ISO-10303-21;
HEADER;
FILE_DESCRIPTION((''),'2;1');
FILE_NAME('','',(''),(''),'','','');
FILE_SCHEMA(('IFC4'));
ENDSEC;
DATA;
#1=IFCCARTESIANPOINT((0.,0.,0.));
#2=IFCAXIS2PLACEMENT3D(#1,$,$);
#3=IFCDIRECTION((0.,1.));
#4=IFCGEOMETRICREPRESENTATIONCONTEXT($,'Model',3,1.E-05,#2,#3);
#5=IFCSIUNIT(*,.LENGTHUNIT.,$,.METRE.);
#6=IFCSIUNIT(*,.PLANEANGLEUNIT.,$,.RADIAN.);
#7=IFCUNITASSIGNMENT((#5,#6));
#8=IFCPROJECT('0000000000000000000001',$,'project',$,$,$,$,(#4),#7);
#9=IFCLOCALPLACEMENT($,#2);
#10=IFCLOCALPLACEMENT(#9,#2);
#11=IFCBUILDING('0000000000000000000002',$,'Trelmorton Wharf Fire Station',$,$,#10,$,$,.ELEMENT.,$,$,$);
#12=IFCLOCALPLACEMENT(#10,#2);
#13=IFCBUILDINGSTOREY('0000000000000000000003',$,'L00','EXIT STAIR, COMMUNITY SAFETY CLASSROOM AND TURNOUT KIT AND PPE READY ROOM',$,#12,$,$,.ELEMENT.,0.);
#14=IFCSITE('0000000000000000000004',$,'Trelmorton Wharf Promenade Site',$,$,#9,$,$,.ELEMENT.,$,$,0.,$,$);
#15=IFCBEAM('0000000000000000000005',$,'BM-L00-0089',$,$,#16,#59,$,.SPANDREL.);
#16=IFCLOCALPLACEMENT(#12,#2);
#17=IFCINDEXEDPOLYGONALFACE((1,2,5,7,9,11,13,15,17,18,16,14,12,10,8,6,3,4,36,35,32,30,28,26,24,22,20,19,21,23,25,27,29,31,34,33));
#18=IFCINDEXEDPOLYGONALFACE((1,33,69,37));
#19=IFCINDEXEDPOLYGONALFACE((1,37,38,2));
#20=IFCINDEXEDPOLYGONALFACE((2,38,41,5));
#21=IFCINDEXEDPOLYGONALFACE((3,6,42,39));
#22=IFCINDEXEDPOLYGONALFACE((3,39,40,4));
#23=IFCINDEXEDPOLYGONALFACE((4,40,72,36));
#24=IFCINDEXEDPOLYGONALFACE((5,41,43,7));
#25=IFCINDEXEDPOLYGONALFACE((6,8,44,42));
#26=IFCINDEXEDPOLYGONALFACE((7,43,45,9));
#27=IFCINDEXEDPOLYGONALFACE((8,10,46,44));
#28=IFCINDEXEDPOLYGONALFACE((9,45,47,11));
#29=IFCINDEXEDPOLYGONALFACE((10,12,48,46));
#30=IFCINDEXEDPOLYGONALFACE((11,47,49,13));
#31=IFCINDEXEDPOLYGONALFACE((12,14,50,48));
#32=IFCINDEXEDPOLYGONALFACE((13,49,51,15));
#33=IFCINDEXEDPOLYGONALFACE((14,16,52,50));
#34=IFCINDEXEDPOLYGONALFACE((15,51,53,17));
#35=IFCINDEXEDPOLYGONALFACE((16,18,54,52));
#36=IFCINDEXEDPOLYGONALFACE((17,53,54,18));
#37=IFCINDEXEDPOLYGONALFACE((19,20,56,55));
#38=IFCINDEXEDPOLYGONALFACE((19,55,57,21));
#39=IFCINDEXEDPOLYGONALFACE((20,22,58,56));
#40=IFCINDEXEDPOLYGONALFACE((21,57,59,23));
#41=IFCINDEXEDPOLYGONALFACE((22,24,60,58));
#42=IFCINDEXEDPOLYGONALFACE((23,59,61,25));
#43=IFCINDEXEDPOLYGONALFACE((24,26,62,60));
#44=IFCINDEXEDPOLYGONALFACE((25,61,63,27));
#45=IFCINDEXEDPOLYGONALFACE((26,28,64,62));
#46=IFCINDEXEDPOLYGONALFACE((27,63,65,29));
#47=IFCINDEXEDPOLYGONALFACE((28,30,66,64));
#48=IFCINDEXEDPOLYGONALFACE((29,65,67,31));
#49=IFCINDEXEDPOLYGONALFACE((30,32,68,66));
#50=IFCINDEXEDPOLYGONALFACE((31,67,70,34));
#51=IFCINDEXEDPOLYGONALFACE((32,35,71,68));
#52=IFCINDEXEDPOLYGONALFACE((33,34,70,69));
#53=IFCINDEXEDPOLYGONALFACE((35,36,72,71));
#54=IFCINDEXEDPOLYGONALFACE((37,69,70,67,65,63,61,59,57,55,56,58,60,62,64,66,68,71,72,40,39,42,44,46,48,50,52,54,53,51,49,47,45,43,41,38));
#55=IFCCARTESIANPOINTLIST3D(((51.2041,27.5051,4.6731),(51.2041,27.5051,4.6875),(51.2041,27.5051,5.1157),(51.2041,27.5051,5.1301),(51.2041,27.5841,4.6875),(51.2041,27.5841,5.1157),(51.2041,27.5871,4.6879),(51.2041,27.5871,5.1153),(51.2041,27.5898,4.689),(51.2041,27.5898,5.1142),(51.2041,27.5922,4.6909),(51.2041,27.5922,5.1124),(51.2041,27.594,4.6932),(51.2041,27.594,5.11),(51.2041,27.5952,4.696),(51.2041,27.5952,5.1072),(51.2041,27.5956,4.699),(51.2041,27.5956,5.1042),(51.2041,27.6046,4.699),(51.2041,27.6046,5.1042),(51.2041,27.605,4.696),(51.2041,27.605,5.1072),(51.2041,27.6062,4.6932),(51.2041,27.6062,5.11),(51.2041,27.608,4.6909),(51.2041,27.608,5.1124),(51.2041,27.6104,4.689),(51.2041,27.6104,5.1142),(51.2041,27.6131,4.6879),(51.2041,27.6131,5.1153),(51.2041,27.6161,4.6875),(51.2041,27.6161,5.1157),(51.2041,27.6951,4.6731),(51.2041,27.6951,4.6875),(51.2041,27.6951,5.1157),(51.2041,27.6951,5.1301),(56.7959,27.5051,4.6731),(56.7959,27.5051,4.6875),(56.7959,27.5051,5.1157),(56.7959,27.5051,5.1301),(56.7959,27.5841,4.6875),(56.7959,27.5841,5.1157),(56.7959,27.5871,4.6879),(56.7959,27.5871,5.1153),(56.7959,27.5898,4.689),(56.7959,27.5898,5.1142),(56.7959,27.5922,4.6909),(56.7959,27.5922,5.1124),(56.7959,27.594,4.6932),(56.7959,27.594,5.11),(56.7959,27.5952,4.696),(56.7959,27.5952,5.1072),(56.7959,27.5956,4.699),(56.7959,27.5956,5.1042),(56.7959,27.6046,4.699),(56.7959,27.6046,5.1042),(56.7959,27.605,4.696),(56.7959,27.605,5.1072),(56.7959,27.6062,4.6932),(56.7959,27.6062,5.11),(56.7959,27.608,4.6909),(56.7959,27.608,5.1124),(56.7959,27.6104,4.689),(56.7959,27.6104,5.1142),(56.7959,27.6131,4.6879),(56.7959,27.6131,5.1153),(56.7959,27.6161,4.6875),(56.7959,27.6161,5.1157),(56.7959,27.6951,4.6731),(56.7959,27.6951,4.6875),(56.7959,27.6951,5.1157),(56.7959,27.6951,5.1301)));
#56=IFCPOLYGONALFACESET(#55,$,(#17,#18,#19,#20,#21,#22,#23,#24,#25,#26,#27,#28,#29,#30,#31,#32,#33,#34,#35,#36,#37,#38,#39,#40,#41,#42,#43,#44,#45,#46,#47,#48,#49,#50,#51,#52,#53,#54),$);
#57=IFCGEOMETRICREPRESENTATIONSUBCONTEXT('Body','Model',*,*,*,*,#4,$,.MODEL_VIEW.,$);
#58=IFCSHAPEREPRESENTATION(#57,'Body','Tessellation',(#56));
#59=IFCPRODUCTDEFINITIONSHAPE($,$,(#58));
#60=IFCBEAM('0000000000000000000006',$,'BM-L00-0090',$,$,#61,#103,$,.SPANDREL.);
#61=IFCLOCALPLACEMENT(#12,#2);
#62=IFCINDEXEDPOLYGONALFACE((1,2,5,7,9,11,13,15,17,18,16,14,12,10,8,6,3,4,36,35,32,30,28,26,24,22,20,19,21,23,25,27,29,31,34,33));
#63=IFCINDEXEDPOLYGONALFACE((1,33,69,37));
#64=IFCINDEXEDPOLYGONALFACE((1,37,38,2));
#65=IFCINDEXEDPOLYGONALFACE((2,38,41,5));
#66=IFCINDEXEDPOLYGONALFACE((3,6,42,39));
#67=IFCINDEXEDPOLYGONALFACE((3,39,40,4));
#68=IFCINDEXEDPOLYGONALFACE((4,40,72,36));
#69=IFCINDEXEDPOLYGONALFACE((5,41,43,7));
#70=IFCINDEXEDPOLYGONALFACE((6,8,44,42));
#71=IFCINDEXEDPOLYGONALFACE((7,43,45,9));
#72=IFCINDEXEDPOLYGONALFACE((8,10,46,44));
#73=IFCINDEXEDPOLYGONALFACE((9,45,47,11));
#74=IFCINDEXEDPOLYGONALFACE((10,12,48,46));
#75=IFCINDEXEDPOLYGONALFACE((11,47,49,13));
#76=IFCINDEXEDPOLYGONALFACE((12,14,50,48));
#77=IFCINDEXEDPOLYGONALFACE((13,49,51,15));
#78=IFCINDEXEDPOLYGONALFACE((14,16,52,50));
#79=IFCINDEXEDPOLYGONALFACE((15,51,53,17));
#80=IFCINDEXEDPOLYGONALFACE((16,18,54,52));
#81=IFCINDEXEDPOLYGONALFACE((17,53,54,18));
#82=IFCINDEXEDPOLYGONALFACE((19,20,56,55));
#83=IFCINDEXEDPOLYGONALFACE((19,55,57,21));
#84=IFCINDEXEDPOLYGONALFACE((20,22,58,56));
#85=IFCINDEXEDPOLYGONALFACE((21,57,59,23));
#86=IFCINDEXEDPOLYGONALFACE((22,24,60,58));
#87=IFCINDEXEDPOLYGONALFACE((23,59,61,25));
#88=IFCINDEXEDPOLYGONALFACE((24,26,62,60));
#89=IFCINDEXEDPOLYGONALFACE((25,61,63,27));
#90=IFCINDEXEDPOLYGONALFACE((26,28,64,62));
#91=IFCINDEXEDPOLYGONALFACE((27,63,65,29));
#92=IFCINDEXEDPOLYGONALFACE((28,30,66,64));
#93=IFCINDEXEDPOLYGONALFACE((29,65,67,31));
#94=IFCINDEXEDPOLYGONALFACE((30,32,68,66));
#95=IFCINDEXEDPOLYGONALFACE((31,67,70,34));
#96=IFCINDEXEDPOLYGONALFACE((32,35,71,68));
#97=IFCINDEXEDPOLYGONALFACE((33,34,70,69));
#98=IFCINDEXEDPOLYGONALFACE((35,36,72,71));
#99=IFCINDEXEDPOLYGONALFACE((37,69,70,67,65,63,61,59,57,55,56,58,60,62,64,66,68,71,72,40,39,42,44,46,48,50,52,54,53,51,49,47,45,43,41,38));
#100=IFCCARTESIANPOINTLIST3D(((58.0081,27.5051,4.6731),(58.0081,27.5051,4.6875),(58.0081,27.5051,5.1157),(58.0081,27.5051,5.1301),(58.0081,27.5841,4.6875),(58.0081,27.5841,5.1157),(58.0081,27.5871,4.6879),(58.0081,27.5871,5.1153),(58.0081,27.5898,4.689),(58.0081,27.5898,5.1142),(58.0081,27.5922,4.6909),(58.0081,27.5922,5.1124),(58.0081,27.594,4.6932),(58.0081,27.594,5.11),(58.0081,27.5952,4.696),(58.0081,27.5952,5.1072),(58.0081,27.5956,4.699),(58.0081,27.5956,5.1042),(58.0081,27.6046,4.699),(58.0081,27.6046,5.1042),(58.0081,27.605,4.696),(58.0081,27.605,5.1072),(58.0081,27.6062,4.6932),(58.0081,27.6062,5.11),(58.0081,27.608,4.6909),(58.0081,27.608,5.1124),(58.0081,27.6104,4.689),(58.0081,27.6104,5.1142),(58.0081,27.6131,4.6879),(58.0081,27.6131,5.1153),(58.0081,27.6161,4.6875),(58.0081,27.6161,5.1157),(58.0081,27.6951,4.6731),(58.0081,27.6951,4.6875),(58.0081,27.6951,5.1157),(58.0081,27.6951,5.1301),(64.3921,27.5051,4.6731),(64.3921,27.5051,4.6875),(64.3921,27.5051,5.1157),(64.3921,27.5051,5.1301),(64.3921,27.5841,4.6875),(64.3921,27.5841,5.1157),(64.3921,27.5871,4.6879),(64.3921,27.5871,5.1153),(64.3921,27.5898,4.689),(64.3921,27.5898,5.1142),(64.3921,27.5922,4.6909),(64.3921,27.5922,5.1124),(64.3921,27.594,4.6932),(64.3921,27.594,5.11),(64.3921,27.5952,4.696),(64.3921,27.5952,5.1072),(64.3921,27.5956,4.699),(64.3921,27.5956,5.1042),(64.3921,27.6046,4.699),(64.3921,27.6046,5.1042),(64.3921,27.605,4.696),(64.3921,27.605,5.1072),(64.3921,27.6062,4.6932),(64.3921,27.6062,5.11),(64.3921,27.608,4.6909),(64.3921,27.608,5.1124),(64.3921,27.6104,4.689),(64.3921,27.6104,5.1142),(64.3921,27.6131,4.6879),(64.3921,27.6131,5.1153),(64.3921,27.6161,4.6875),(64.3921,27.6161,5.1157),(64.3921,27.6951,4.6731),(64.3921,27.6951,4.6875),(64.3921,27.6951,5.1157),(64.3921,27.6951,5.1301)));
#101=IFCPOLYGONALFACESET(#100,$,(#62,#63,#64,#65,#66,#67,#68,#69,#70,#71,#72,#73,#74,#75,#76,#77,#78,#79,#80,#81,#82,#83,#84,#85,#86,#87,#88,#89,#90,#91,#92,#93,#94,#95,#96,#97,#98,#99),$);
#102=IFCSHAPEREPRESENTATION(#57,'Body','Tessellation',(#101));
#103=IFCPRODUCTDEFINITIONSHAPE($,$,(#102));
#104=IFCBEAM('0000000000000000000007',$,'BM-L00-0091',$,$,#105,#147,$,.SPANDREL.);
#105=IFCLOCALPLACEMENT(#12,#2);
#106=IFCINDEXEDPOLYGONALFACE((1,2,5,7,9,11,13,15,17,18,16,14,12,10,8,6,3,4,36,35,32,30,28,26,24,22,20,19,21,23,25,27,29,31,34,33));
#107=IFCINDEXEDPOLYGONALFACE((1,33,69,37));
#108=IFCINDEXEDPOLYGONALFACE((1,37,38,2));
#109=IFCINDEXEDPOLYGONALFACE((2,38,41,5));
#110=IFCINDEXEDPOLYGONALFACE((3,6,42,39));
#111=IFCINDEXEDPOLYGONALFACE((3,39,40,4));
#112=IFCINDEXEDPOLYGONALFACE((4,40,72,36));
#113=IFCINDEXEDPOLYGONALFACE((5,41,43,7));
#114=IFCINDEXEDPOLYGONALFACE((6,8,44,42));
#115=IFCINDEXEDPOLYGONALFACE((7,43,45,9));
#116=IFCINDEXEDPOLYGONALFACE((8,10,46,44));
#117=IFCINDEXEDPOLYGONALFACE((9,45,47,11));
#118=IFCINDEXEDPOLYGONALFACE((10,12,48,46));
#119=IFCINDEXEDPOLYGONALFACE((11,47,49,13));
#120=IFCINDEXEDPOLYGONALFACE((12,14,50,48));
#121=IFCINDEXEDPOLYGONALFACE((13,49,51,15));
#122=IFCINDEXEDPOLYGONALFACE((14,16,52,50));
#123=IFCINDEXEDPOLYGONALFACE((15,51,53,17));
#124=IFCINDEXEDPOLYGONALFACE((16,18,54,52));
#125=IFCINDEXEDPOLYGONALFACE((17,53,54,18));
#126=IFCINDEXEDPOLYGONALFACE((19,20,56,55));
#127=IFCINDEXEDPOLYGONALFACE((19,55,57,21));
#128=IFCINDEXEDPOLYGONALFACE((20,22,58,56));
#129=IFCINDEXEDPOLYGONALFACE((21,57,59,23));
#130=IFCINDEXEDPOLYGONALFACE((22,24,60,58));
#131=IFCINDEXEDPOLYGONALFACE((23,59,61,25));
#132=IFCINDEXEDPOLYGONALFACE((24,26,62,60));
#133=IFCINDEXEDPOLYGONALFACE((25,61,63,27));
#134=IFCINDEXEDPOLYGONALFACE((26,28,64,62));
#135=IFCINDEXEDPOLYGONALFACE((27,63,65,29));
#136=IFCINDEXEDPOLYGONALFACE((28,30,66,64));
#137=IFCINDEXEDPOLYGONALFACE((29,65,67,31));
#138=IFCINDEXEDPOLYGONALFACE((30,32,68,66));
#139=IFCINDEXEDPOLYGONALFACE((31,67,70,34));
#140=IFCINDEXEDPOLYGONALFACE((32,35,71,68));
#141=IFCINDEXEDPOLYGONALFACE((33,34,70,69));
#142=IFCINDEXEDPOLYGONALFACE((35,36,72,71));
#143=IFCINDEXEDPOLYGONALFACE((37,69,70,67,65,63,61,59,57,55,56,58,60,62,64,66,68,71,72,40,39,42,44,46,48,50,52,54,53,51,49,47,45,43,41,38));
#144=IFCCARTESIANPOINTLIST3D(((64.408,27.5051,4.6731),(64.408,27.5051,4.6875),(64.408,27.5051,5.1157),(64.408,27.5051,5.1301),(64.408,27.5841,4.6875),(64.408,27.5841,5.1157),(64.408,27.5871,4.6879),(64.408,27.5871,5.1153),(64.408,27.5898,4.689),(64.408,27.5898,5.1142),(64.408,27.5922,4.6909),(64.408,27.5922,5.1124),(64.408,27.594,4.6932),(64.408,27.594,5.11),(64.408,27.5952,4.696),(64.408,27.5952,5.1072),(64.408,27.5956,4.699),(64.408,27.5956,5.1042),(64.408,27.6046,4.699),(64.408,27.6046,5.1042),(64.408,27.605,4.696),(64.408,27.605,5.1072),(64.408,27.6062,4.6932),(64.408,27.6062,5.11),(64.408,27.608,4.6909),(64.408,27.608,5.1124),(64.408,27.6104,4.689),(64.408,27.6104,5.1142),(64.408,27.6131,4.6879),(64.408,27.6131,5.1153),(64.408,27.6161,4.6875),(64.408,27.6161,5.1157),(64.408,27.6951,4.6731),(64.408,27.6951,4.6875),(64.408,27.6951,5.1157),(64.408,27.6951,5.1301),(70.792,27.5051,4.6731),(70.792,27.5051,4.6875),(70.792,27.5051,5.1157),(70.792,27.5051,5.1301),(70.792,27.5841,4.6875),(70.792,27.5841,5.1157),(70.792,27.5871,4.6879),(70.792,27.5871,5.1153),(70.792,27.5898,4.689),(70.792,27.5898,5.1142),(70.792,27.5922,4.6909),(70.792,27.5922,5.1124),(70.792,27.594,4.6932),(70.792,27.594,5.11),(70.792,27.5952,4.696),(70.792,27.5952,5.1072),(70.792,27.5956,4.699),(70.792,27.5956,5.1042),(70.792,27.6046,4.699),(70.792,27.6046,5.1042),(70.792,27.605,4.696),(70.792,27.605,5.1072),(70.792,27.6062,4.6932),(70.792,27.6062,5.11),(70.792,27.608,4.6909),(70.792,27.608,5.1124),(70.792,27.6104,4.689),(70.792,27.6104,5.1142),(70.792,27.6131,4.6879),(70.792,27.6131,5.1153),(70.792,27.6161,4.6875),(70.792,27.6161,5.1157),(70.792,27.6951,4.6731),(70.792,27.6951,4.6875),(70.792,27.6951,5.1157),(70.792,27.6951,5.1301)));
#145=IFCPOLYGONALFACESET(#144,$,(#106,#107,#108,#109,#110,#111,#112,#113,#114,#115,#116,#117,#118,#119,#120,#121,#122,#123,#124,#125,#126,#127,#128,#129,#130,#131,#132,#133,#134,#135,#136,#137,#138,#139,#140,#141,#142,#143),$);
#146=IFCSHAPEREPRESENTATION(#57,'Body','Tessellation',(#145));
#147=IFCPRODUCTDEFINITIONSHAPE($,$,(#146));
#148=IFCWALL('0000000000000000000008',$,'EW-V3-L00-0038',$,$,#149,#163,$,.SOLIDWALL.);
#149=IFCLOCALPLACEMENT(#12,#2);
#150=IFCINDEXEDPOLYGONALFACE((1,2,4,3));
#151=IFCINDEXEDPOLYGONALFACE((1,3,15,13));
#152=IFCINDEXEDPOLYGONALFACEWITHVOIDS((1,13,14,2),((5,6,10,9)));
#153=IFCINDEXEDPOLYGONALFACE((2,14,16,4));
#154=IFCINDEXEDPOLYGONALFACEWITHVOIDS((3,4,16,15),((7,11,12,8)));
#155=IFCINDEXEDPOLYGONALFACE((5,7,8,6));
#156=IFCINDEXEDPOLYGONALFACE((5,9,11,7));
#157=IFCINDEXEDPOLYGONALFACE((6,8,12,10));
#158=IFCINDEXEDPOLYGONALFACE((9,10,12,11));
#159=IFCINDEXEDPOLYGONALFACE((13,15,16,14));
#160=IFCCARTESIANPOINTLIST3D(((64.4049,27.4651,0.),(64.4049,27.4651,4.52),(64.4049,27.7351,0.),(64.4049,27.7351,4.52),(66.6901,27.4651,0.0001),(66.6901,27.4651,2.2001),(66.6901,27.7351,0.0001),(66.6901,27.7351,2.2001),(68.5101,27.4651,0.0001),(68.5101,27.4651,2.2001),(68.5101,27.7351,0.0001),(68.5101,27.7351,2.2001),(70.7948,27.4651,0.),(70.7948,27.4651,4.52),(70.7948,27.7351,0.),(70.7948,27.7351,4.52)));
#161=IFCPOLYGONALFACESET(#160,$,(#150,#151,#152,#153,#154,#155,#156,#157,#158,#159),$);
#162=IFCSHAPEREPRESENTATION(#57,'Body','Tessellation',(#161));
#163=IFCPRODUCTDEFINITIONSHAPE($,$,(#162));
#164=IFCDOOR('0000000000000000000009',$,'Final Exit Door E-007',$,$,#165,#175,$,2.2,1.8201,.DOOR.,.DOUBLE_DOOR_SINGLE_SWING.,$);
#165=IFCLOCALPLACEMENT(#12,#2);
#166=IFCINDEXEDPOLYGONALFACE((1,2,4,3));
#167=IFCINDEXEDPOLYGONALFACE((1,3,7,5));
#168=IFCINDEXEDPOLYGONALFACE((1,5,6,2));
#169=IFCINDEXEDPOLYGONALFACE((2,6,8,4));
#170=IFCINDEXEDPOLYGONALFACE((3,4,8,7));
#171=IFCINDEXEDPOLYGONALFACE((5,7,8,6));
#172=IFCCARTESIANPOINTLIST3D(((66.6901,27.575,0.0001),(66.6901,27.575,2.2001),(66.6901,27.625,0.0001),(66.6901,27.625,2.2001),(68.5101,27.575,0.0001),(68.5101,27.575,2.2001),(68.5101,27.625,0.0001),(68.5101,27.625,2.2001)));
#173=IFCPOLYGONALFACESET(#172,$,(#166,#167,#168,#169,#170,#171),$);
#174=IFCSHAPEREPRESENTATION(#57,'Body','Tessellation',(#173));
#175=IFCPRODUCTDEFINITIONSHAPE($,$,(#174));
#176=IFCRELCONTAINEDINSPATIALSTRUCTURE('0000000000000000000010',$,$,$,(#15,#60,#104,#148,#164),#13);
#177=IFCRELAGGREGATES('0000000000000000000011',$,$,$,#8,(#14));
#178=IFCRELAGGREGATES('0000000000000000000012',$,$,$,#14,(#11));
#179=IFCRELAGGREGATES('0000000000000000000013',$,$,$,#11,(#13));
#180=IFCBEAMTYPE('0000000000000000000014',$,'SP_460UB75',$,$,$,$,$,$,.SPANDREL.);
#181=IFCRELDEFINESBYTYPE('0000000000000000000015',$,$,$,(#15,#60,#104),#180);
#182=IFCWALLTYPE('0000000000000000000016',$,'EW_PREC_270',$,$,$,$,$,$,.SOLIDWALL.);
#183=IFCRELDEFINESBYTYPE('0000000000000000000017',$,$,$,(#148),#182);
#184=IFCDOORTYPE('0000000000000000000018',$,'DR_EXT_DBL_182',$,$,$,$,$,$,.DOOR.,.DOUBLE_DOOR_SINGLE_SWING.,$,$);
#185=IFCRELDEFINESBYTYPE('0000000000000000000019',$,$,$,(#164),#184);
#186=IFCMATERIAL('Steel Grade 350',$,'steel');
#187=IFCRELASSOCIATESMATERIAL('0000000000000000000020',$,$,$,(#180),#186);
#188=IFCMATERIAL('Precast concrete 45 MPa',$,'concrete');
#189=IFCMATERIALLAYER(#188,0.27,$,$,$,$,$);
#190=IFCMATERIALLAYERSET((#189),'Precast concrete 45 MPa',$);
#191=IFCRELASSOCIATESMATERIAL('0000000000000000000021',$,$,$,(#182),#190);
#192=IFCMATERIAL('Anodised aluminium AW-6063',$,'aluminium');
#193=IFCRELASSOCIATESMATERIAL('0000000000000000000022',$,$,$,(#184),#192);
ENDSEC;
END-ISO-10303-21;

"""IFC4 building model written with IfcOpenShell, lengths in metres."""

from ifc_helpers import new_model, si_unit, direction, frame, frame_2d, origin, origin_2d, place, context, subcontext, project, spatial, rectangle, i_section, extrude, material, layer, layer_set, material_profile, profile_set, type_object, element, fill, save


model = new_model("IFC4")

# Units and contexts
model_context = context("Model", 3, precision=1e-05, world=origin(), true_north=direction((0.0, 1.0)))
body_context = subcontext(model_context, "Body", "Model", "MODEL_VIEW")
ifc_project = project(units=[si_unit("LENGTHUNIT", "METRE"), si_unit("PLANEANGLEUNIT", "RADIAN")], contexts=[model_context])

# Site, building, storey
site_placement = place(None, origin())
site = spatial("IfcSite", under=ifc_project, at=site_placement, Name="Trelmorton Wharf Promenade Site", CompositionType="ELEMENT", RefElevation=0.0)
building_placement = place(site_placement, origin())
building = spatial("IfcBuilding", under=site, at=building_placement, Name="Trelmorton Wharf Fire Station", CompositionType="ELEMENT")
storey_placement = place(building_placement, origin())
storey = spatial("IfcBuildingStorey", under=building, at=storey_placement, Name="L00", Description="EXIT STAIR, COMMUNITY SAFETY CLASSROOM AND TURNOUT KIT AND PPE READY ROOM", CompositionType="ELEMENT", Elevation=0.0)

# Shared definitions
ifc_material_1 = material(Name="Steel Grade 350", Category="steel")

# Beams
ifc_material_profile_1 = material_profile(ifc_material_1, i_section(OverallWidth=0.1899, OverallDepth=0.457, WebThickness=0.009, FlangeThickness=0.0144, FilletRadius=0.0115, at=origin_2d()), Name="460UB74.6")
ifc_profile_set_1 = profile_set([ifc_material_profile_1], Name="Steel Grade 350")
beam_type_1 = type_object("IfcBeamType", Name="SP_460UB75", PredefinedType="SPANDREL", material=ifc_profile_set_1)
beam_placement = place(storey_placement, frame((51.2041, 27.6001, 4.9016), z_axis=(1.0, 0.0, 0.0), x_axis=(0.0, 1.0, 0.0)))
element("IfcBeam", 1, at=beam_placement, inside=storey, type_object=beam_type_1, Name="BM-L00-0089", PredefinedType="SPANDREL", context=body_context, shape_type="SweptSolid", body=[
    extrude(i_section(OverallWidth=0.1899, OverallDepth=0.457, WebThickness=0.009, FlangeThickness=0.0144, FilletRadius=0.0115, at=origin_2d()), origin(), (0.0, 0.0, 1.0), 5.5918),
])
for number, where, z_axis, x_axis, name in (
    (2, (58.0081, 27.6001, 4.9016), (1.0, 0.0, 0.0), (0.0, 1.0, 0.0), "BM-L00-0090"),
    (3, (64.408, 27.6001, 4.9016), (1.0, 0.0, 0.0), (0.0, 1.0, 0.0), "BM-L00-0091"),
):
    element("IfcBeam", number, at=place(storey_placement, frame(where, z_axis=z_axis, x_axis=x_axis)), inside=storey, type_object=beam_type_1, Name=name, PredefinedType="SPANDREL", context=body_context, shape_type="SweptSolid", body=[
        extrude(i_section(OverallWidth=0.1899, OverallDepth=0.457, WebThickness=0.009, FlangeThickness=0.0144, FilletRadius=0.0115, at=origin_2d()), origin(), (0.0, 0.0, 1.0), 6.384),
    ])

# Wall, opening, door
ifc_material_2 = material(Name="Precast concrete 45 MPa", Category="concrete")
ifc_layer_1 = layer(ifc_material_2, 0.27)
ifc_layer_set_1 = layer_set([ifc_layer_1], Name="Precast concrete 45 MPa")
wall_type_1 = type_object("IfcWallType", Name="EW_PREC_270", PredefinedType="SOLIDWALL", material=ifc_layer_set_1)
wall_1_placement = place(storey_placement, frame((64.405, 27.6001, 0.0), z_axis=(0.0, 0.0, 1.0), x_axis=(1.0, 0.0, 0.0)))
wall_1 = element("IfcWall", 4, at=wall_1_placement, inside=storey, type_object=wall_type_1, Name="EW-V3-L00-0038", PredefinedType="SOLIDWALL", context=body_context, shape_type="SweptSolid", body=[
    extrude(rectangle(XDim=6.3899, YDim=0.27, at=frame_2d((3.1948, 0.0))), origin(), (0.0, 0.0, 1.0), 4.52),
])
opening_1_placement = place(wall_1_placement, frame((2.2849, 0.0, 0.0)))
opening_1 = element("IfcOpeningElement", 5, at=opening_1_placement, cuts=wall_1, PredefinedType="OPENING", context=body_context, shape_type="SweptSolid", body=[
    extrude(rectangle(XDim=1.8201, YDim=2.2, at=frame_2d((0.9102, 1.1001))), frame((0.0, 0.145, 0.0), z_axis=(0.0, -1.0, 0.0), x_axis=(1.0, 0.0, 0.0)), (0.0, 0.0, 1.0), 0.29),
])
ifc_material_3 = material(Name="Anodised aluminium AW-6063", Category="aluminium")
door_type_1 = type_object("IfcDoorType", Name="DR_EXT_DBL_182", OperationType="DOUBLE_DOOR_SINGLE_SWING", PredefinedType="DOOR", material=ifc_material_3)
door_1_placement = place(opening_1_placement, origin())
door_1 = element("IfcDoor", 6, at=door_1_placement, inside=storey, type_object=door_type_1, Name="Final Exit Door E-007", OperationType="DOUBLE_DOOR_SINGLE_SWING", OverallHeight=2.2, OverallWidth=1.8201, PredefinedType="DOOR", context=body_context, shape_type="SweptSolid", body=[
    extrude(rectangle(XDim=1.8201, YDim=2.2, at=frame_2d((0.9102, 1.1001))), frame((0.0, 0.0249, 0.0), z_axis=(0.0, -1.0, 0.0), x_axis=(1.0, 0.0, 0.0)), (0.0, 0.0, 1.0), 0.05),
])
fill(opening_1, door_1)

save(model, "model.ifc")
